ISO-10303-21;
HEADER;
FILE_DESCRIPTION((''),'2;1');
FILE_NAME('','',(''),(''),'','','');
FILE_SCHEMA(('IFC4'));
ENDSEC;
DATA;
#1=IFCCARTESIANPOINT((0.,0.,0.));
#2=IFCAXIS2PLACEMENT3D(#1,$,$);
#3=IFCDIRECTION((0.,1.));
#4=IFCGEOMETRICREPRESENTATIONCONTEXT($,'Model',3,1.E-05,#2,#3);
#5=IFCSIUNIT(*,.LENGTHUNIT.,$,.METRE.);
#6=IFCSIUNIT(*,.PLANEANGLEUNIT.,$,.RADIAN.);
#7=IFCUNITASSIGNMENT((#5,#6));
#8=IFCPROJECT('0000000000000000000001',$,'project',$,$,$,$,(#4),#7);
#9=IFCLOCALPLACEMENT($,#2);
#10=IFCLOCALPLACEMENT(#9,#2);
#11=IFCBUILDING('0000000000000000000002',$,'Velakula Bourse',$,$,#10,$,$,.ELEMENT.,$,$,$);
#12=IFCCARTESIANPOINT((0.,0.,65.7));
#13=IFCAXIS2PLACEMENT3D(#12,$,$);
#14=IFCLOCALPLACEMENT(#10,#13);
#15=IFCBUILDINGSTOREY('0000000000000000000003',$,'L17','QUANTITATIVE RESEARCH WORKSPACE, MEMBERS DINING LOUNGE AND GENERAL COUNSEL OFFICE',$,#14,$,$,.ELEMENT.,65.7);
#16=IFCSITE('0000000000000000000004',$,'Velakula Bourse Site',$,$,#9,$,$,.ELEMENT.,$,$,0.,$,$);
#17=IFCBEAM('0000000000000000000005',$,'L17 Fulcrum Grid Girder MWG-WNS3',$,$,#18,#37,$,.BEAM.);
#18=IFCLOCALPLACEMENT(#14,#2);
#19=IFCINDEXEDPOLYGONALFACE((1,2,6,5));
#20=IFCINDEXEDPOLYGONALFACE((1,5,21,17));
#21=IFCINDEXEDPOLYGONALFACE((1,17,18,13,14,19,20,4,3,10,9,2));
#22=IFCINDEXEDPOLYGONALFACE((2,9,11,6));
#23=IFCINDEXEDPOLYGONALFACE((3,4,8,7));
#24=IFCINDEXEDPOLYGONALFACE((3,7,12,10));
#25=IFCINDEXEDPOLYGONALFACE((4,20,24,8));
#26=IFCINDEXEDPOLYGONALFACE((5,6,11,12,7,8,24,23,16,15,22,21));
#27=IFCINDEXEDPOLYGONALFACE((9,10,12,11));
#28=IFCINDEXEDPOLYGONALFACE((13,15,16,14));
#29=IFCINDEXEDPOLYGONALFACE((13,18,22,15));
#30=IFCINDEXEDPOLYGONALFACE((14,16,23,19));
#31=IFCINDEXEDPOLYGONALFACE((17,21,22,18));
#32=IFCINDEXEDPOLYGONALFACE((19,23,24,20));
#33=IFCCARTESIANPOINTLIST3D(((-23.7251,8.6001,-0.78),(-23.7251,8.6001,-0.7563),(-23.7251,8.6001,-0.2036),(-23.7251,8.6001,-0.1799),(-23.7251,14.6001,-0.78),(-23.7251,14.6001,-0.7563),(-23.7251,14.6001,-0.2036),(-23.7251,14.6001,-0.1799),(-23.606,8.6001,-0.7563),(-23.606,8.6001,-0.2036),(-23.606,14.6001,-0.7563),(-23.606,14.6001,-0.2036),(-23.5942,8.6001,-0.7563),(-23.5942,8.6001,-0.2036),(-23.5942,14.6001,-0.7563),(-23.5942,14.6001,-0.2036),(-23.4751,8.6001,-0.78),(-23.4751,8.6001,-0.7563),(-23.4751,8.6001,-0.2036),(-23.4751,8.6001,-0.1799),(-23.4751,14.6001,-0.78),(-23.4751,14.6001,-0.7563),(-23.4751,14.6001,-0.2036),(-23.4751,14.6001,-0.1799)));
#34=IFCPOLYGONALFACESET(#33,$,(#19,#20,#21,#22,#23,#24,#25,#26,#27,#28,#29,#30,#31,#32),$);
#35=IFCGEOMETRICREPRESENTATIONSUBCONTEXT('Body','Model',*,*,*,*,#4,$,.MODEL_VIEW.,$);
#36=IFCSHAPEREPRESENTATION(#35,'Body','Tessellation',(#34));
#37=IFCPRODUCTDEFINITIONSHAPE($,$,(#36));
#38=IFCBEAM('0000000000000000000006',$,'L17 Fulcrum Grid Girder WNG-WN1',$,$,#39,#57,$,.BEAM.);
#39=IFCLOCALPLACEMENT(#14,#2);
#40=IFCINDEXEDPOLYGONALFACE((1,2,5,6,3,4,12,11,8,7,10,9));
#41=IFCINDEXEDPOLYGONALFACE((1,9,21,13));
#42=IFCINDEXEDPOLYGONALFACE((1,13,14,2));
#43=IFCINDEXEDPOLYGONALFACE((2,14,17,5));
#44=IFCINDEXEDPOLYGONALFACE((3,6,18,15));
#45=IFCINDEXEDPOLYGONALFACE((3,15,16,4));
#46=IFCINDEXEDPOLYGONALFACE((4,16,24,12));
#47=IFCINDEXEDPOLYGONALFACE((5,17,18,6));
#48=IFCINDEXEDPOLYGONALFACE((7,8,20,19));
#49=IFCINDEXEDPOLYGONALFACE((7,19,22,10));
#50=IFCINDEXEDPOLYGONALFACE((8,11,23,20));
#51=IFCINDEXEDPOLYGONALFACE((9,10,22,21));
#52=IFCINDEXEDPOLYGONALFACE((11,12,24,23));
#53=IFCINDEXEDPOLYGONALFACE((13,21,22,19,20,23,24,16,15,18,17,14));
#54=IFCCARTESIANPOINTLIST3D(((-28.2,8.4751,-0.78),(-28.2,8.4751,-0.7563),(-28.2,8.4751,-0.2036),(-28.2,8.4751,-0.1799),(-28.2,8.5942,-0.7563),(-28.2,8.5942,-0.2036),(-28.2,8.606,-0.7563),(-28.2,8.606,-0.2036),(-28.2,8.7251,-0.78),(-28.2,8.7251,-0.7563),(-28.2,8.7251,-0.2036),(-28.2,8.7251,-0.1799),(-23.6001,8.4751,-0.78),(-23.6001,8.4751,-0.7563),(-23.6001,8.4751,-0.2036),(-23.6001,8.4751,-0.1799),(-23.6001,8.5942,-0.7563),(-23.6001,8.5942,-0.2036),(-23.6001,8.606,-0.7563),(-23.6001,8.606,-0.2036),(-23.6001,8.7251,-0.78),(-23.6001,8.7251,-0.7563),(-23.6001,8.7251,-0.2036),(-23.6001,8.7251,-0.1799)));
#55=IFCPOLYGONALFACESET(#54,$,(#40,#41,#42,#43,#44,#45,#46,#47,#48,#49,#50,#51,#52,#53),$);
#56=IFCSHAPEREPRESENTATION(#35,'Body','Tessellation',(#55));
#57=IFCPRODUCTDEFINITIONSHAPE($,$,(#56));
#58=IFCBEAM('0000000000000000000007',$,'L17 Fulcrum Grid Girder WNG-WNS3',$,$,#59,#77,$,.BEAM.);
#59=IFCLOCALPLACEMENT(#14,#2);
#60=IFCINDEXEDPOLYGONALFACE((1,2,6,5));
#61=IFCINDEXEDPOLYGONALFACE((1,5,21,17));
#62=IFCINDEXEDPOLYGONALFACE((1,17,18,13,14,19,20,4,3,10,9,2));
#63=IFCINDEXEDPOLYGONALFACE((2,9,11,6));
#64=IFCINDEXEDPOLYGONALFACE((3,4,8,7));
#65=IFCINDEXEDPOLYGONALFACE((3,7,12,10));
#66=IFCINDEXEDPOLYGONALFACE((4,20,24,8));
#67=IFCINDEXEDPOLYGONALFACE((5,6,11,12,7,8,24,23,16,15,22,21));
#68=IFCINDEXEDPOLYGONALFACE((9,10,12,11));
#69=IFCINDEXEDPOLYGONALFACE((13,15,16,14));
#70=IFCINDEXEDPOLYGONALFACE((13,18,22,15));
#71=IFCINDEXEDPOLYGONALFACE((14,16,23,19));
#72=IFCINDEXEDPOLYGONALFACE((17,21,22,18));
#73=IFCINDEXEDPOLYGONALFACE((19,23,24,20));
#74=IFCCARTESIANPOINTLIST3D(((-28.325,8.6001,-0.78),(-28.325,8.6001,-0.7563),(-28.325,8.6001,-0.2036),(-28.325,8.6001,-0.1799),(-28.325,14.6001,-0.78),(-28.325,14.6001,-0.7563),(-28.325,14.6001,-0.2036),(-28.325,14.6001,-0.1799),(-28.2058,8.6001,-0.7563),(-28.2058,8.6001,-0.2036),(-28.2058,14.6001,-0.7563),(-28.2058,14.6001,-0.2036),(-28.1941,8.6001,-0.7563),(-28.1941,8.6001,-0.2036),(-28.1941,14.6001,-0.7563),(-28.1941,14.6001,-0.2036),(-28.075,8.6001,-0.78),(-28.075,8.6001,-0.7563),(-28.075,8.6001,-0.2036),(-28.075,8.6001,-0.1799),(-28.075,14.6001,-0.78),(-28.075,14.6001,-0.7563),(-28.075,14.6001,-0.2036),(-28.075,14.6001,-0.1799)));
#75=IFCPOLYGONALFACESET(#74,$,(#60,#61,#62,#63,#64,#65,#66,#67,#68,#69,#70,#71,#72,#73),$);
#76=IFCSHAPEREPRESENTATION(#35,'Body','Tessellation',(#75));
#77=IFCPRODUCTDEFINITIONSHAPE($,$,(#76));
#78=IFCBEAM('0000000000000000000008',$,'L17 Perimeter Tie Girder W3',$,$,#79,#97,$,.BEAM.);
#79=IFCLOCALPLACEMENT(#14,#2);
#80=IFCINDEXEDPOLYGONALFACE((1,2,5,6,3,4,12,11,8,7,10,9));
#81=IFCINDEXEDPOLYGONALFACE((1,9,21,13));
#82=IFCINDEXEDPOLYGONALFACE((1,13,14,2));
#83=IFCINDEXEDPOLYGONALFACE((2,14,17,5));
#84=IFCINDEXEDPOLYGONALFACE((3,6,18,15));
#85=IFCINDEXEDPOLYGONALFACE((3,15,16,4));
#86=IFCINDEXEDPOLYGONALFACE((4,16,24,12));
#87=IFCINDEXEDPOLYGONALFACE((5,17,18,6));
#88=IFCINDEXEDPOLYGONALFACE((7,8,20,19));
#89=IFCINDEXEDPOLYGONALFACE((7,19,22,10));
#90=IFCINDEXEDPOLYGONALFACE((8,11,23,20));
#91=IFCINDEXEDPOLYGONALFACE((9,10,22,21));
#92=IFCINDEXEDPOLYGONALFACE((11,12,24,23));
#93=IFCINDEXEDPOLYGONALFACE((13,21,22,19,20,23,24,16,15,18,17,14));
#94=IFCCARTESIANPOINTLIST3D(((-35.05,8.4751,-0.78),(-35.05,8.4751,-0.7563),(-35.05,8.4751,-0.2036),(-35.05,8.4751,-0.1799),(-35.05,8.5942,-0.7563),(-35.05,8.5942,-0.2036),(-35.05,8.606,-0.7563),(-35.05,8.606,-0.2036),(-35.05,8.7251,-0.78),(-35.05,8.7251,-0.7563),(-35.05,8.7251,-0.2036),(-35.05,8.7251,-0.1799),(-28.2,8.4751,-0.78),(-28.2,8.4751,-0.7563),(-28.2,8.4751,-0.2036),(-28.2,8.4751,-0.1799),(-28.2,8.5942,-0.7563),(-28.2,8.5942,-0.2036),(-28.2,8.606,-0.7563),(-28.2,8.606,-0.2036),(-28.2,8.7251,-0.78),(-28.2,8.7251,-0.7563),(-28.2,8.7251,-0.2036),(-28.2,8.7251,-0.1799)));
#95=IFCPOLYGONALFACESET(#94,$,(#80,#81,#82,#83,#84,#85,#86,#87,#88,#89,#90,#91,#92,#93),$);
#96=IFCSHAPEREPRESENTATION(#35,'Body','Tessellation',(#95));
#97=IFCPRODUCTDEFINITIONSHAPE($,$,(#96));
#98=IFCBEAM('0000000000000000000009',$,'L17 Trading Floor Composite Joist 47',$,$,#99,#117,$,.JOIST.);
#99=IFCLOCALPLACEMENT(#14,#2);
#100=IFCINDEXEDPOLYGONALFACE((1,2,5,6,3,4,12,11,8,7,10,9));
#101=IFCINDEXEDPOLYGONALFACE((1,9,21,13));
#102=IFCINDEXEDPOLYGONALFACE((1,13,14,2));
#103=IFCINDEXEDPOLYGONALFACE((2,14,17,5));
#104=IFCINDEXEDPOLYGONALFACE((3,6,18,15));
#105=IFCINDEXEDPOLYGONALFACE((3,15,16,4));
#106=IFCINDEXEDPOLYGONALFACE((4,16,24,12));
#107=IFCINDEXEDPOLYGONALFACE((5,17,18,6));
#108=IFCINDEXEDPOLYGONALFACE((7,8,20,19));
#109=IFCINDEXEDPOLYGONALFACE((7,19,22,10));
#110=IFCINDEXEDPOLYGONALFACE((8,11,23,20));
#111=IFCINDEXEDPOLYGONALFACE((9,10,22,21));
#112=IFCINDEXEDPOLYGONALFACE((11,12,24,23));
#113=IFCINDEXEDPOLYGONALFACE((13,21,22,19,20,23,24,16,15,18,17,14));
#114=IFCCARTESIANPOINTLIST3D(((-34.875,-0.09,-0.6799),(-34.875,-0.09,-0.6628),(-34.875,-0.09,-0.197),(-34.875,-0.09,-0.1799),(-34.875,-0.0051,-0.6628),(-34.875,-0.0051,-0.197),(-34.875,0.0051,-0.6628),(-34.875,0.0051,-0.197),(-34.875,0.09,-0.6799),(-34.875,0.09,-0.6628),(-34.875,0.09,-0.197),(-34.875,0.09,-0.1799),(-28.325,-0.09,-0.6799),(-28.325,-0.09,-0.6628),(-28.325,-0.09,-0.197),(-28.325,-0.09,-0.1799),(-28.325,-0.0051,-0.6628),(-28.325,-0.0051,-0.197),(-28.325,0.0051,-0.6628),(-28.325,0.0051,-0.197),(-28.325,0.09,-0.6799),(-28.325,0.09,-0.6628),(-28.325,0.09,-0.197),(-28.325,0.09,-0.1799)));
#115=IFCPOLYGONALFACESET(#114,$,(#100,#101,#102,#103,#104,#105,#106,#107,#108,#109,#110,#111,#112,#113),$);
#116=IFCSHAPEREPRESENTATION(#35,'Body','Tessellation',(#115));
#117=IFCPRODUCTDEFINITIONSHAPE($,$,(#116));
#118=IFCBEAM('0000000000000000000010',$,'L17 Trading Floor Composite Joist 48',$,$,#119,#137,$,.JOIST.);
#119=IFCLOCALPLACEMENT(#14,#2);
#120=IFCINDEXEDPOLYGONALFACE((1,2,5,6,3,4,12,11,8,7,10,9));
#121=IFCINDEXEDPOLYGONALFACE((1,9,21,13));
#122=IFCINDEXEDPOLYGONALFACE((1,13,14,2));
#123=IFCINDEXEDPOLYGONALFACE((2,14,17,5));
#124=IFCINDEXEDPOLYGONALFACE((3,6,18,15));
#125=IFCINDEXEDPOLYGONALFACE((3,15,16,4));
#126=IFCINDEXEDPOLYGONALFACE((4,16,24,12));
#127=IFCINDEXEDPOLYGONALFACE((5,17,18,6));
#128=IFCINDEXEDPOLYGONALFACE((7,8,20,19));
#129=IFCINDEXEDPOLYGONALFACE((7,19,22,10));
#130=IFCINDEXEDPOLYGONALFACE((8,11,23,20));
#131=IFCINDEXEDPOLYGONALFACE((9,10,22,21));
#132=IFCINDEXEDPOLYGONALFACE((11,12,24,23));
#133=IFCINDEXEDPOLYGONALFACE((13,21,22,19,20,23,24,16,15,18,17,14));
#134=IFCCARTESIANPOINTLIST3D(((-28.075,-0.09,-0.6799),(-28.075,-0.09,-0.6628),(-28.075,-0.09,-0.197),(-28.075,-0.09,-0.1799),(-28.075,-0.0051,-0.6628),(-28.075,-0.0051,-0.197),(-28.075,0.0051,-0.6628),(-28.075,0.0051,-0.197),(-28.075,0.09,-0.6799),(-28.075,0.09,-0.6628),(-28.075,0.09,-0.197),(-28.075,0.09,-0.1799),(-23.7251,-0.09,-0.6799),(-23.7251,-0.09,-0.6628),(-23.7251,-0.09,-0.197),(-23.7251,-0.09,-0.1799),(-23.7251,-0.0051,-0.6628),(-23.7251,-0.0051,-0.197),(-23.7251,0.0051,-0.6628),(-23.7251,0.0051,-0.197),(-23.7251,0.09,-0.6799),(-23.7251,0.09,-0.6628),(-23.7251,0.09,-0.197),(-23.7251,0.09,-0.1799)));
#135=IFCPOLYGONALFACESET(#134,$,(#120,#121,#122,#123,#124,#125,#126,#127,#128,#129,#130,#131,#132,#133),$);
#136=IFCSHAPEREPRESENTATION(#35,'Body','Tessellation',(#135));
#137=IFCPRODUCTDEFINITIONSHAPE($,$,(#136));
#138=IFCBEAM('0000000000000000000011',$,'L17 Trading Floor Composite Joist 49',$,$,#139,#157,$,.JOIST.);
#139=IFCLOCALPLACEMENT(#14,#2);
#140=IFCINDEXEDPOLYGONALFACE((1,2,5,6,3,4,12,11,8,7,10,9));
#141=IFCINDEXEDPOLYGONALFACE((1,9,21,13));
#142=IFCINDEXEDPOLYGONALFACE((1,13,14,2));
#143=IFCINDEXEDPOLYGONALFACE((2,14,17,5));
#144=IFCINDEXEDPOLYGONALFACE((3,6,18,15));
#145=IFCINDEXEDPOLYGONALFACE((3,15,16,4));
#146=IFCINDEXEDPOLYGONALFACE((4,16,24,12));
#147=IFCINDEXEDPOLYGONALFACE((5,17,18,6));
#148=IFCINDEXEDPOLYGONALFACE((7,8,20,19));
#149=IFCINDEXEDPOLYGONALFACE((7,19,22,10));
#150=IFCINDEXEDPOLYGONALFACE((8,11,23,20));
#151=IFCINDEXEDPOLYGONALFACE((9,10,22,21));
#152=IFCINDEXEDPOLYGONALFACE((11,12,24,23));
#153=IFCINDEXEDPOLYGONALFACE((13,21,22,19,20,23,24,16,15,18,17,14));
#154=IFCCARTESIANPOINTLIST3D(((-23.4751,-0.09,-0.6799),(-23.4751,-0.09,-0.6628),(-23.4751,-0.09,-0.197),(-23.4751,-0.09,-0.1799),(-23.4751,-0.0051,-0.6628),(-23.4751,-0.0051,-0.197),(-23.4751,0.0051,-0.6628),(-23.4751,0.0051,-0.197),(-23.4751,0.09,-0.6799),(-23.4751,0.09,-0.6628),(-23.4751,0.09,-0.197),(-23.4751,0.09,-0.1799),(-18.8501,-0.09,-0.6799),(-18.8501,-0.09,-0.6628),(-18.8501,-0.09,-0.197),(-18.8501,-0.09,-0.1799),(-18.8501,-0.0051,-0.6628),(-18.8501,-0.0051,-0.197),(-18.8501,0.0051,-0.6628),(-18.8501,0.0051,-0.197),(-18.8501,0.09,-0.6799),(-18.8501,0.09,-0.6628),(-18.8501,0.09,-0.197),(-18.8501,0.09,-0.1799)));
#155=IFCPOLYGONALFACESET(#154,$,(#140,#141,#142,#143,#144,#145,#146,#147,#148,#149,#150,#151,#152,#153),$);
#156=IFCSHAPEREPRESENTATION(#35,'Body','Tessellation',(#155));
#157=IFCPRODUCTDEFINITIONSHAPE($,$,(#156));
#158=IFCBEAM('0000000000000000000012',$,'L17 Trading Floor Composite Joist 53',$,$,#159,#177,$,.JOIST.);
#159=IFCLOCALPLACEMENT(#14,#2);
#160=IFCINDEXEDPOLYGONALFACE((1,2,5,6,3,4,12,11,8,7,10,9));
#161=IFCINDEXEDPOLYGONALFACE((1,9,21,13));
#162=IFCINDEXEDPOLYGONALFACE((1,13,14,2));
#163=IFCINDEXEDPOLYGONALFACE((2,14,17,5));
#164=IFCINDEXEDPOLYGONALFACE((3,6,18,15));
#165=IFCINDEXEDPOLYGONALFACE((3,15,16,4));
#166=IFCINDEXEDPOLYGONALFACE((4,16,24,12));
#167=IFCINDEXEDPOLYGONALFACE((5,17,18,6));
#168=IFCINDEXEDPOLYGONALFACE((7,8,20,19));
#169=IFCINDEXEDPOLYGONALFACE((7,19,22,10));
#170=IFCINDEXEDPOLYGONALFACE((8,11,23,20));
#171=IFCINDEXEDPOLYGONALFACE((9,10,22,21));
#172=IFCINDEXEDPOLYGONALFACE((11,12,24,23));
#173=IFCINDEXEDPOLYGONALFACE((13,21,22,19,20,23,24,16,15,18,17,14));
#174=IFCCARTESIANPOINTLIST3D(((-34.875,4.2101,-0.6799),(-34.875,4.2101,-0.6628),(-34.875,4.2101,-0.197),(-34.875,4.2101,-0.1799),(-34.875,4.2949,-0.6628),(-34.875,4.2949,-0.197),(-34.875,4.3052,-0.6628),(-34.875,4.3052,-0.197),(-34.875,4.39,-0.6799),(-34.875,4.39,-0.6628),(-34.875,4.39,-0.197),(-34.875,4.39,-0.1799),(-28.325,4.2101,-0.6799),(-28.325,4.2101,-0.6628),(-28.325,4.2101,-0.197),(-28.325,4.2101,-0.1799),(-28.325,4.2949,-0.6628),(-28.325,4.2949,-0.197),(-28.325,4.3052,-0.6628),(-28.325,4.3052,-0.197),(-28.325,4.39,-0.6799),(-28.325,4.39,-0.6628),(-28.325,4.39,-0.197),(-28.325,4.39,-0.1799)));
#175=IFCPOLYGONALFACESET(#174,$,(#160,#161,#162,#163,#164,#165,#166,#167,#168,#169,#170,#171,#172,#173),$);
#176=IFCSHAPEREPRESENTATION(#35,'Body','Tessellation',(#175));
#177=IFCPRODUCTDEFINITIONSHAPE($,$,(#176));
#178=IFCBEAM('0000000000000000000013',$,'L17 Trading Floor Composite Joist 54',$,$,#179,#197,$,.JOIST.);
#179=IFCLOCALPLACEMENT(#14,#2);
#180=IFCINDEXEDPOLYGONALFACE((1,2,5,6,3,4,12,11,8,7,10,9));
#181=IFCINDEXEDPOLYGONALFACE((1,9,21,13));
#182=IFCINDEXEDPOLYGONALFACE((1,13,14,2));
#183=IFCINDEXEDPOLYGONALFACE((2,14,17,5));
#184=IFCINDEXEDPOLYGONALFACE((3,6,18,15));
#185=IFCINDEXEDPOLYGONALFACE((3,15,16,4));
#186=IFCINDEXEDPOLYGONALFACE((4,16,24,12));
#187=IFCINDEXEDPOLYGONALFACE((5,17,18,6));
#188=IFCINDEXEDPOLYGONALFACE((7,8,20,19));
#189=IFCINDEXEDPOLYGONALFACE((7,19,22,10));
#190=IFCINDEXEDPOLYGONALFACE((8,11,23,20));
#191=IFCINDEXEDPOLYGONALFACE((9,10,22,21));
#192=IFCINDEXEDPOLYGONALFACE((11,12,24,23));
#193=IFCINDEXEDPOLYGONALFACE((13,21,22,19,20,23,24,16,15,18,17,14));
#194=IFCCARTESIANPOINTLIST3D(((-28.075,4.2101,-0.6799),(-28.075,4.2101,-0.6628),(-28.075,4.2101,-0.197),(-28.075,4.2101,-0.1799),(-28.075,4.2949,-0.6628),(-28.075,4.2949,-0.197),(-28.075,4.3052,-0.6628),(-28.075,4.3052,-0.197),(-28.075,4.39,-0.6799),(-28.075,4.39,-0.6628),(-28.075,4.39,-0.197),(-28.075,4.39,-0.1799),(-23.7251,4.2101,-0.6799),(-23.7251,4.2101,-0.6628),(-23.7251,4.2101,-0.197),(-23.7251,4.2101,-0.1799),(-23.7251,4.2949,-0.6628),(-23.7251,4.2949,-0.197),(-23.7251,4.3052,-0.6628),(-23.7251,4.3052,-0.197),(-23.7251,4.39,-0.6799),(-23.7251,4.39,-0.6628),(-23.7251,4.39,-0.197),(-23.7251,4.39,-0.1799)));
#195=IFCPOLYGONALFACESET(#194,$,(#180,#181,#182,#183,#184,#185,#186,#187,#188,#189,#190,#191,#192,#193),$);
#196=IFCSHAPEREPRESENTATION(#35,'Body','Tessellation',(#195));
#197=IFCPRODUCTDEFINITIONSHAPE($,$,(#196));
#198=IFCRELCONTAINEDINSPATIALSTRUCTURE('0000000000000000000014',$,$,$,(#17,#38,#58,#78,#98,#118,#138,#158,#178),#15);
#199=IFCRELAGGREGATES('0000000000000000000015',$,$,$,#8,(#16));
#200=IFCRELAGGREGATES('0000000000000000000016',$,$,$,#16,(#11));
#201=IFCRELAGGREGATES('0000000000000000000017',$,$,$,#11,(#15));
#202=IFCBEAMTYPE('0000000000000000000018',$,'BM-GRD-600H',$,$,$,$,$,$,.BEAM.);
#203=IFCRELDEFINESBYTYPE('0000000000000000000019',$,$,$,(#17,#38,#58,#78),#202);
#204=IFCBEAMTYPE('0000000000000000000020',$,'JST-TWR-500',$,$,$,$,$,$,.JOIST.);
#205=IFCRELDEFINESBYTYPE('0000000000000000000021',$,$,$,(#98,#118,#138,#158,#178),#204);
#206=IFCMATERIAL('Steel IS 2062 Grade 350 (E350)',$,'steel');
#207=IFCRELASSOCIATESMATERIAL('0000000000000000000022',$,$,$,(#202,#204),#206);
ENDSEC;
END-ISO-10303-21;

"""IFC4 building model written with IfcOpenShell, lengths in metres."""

from ifc_helpers import new_model, si_unit, direction, frame, origin, origin_2d, place, context, subcontext, project, spatial, i_section, extrude, material, material_profile, profile_set, type_object, element, save


model = new_model("IFC4")

# Units and contexts
model_context = context("Model", 3, precision=1e-05, world=origin(), true_north=direction((0.0, 1.0)))
body_context = subcontext(model_context, "Body", "Model", "MODEL_VIEW")
ifc_project = project(units=[si_unit("LENGTHUNIT", "METRE"), si_unit("PLANEANGLEUNIT", "RADIAN")], contexts=[model_context])

# Site, building, storey
site_placement = place(None, origin())
site = spatial("IfcSite", under=ifc_project, at=site_placement, Name="Velakula Bourse Site", CompositionType="ELEMENT", RefElevation=0.0)
building_placement = place(site_placement, origin())
building = spatial("IfcBuilding", under=site, at=building_placement, Name="Velakula Bourse", CompositionType="ELEMENT")
storey_placement = place(building_placement, frame((0.0, 0.0, 65.7)))
storey = spatial("IfcBuildingStorey", under=building, at=storey_placement, Name="L17", Description="QUANTITATIVE RESEARCH WORKSPACE, MEMBERS DINING LOUNGE AND GENERAL COUNSEL OFFICE", CompositionType="ELEMENT", Elevation=65.7)

# Beams
ifc_material_1 = material(Name="Steel IS 2062 Grade 350 (E350)", Category="steel")
ifc_material_profile_1 = material_profile(ifc_material_1, i_section(OverallWidth=0.25, OverallDepth=0.6001, WebThickness=0.0117, FlangeThickness=0.0237, at=origin_2d()), Name="Steel IS 2062 Grade 350 (E350)")
ifc_profile_set_1 = profile_set([ifc_material_profile_1], Name="Steel IS 2062 Grade 350 (E350)")
beam_type_1 = type_object("IfcBeamType", Name="BM-GRD-600H", PredefinedType="BEAM", material=ifc_profile_set_1)
beam_1_placement = place(storey_placement, frame((-23.6001, 8.6001, -0.48), z_axis=(0.0, 1.0, 0.0), x_axis=(-1.0, 0.0, 0.0)))
element("IfcBeam", 1, at=beam_1_placement, inside=storey, type_object=beam_type_1, Name="L17 Fulcrum Grid Girder MWG-WNS3", PredefinedType="BEAM", context=body_context, shape_type="SweptSolid", body=[
    extrude(i_section(OverallWidth=0.25, OverallDepth=0.6001, WebThickness=0.0117, FlangeThickness=0.0237, at=origin_2d()), origin(), (0.0, 0.0, 1.0), 6.0),
])
beam_2_placement = place(storey_placement, frame((-28.2, 8.6001, -0.48), z_axis=(1.0, 0.0, 0.0), x_axis=(0.0, 1.0, 0.0)))
element("IfcBeam", 2, at=beam_2_placement, inside=storey, type_object=beam_type_1, Name="L17 Fulcrum Grid Girder WNG-WN1", PredefinedType="BEAM", context=body_context, shape_type="SweptSolid", body=[
    extrude(i_section(OverallWidth=0.25, OverallDepth=0.6001, WebThickness=0.0117, FlangeThickness=0.0237, at=origin_2d()), origin(), (0.0, 0.0, 1.0), 4.5999),
])
beam_3_placement = place(storey_placement, frame((-28.2, 8.6001, -0.48), z_axis=(0.0, 1.0, 0.0), x_axis=(-1.0, 0.0, 0.0)))
element("IfcBeam", 3, at=beam_3_placement, inside=storey, type_object=beam_type_1, Name="L17 Fulcrum Grid Girder WNG-WNS3", PredefinedType="BEAM", context=body_context, shape_type="SweptSolid", body=[
    extrude(i_section(OverallWidth=0.25, OverallDepth=0.6001, WebThickness=0.0117, FlangeThickness=0.0237, at=origin_2d()), origin(), (0.0, 0.0, 1.0), 6.0),
])
beam_4_placement = place(storey_placement, frame((-28.2, 8.6001, -0.48), z_axis=(-1.0, 0.0, 0.0), x_axis=(0.0, -1.0, 0.0)))
element("IfcBeam", 4, at=beam_4_placement, inside=storey, type_object=beam_type_1, Name="L17 Perimeter Tie Girder W3", PredefinedType="BEAM", context=body_context, shape_type="SweptSolid", body=[
    extrude(i_section(OverallWidth=0.25, OverallDepth=0.6001, WebThickness=0.0117, FlangeThickness=0.0237, at=origin_2d()), origin(), (0.0, 0.0, 1.0), 6.8501),
])
ifc_material_profile_2 = material_profile(ifc_material_1, i_section(OverallWidth=0.1799, OverallDepth=0.5, WebThickness=0.0103, FlangeThickness=0.0171, at=origin_2d()), Name="Steel IS 2062 Grade 350 (E350)")
ifc_profile_set_2 = profile_set([ifc_material_profile_2], Name="Steel IS 2062 Grade 350 (E350)")
beam_type_2 = type_object("IfcBeamType", Name="JST-TWR-500", PredefinedType="JOIST", material=ifc_profile_set_2)
beam_5_placement = place(storey_placement, frame((-34.875, 0.0, -0.4299), z_axis=(1.0, 0.0, 0.0), x_axis=(0.0, 1.0, 0.0)))
element("IfcBeam", 5, at=beam_5_placement, inside=storey, type_object=beam_type_2, Name="L17 Trading Floor Composite Joist 47", PredefinedType="JOIST", context=body_context, shape_type="SweptSolid", body=[
    extrude(i_section(OverallWidth=0.1799, OverallDepth=0.5, WebThickness=0.0103, FlangeThickness=0.0171, at=origin_2d()), origin(), (0.0, 0.0, 1.0), 6.55),
])
beam_6_placement = place(storey_placement, frame((-28.075, 0.0, -0.4299), z_axis=(1.0, 0.0, 0.0), x_axis=(0.0, 1.0, 0.0)))
element("IfcBeam", 6, at=beam_6_placement, inside=storey, type_object=beam_type_2, Name="L17 Trading Floor Composite Joist 48", PredefinedType="JOIST", context=body_context, shape_type="SweptSolid", body=[
    extrude(i_section(OverallWidth=0.1799, OverallDepth=0.5, WebThickness=0.0103, FlangeThickness=0.0171, at=origin_2d()), origin(), (0.0, 0.0, 1.0), 4.3499),
])
beam_7_placement = place(storey_placement, frame((-23.4751, 0.0, -0.4299), z_axis=(1.0, 0.0, 0.0), x_axis=(0.0, 1.0, 0.0)))
element("IfcBeam", 7, at=beam_7_placement, inside=storey, type_object=beam_type_2, Name="L17 Trading Floor Composite Joist 49", PredefinedType="JOIST", context=body_context, shape_type="SweptSolid", body=[
    extrude(i_section(OverallWidth=0.1799, OverallDepth=0.5, WebThickness=0.0103, FlangeThickness=0.0171, at=origin_2d()), origin(), (0.0, 0.0, 1.0), 4.625),
])
beam_8_placement = place(storey_placement, frame((-34.875, 4.3, -0.4299), z_axis=(1.0, 0.0, 0.0), x_axis=(0.0, 1.0, 0.0)))
element("IfcBeam", 8, at=beam_8_placement, inside=storey, type_object=beam_type_2, Name="L17 Trading Floor Composite Joist 53", PredefinedType="JOIST", context=body_context, shape_type="SweptSolid", body=[
    extrude(i_section(OverallWidth=0.1799, OverallDepth=0.5, WebThickness=0.0103, FlangeThickness=0.0171, at=origin_2d()), origin(), (0.0, 0.0, 1.0), 6.55),
])
beam_9_placement = place(storey_placement, frame((-28.075, 4.3, -0.4299), z_axis=(1.0, 0.0, 0.0), x_axis=(0.0, 1.0, 0.0)))
element("IfcBeam", 9, at=beam_9_placement, inside=storey, type_object=beam_type_2, Name="L17 Trading Floor Composite Joist 54", PredefinedType="JOIST", context=body_context, shape_type="SweptSolid", body=[
    extrude(i_section(OverallWidth=0.1799, OverallDepth=0.5, WebThickness=0.0103, FlangeThickness=0.0171, at=origin_2d()), origin(), (0.0, 0.0, 1.0), 4.3499),
])

save(model, "model.ifc")
